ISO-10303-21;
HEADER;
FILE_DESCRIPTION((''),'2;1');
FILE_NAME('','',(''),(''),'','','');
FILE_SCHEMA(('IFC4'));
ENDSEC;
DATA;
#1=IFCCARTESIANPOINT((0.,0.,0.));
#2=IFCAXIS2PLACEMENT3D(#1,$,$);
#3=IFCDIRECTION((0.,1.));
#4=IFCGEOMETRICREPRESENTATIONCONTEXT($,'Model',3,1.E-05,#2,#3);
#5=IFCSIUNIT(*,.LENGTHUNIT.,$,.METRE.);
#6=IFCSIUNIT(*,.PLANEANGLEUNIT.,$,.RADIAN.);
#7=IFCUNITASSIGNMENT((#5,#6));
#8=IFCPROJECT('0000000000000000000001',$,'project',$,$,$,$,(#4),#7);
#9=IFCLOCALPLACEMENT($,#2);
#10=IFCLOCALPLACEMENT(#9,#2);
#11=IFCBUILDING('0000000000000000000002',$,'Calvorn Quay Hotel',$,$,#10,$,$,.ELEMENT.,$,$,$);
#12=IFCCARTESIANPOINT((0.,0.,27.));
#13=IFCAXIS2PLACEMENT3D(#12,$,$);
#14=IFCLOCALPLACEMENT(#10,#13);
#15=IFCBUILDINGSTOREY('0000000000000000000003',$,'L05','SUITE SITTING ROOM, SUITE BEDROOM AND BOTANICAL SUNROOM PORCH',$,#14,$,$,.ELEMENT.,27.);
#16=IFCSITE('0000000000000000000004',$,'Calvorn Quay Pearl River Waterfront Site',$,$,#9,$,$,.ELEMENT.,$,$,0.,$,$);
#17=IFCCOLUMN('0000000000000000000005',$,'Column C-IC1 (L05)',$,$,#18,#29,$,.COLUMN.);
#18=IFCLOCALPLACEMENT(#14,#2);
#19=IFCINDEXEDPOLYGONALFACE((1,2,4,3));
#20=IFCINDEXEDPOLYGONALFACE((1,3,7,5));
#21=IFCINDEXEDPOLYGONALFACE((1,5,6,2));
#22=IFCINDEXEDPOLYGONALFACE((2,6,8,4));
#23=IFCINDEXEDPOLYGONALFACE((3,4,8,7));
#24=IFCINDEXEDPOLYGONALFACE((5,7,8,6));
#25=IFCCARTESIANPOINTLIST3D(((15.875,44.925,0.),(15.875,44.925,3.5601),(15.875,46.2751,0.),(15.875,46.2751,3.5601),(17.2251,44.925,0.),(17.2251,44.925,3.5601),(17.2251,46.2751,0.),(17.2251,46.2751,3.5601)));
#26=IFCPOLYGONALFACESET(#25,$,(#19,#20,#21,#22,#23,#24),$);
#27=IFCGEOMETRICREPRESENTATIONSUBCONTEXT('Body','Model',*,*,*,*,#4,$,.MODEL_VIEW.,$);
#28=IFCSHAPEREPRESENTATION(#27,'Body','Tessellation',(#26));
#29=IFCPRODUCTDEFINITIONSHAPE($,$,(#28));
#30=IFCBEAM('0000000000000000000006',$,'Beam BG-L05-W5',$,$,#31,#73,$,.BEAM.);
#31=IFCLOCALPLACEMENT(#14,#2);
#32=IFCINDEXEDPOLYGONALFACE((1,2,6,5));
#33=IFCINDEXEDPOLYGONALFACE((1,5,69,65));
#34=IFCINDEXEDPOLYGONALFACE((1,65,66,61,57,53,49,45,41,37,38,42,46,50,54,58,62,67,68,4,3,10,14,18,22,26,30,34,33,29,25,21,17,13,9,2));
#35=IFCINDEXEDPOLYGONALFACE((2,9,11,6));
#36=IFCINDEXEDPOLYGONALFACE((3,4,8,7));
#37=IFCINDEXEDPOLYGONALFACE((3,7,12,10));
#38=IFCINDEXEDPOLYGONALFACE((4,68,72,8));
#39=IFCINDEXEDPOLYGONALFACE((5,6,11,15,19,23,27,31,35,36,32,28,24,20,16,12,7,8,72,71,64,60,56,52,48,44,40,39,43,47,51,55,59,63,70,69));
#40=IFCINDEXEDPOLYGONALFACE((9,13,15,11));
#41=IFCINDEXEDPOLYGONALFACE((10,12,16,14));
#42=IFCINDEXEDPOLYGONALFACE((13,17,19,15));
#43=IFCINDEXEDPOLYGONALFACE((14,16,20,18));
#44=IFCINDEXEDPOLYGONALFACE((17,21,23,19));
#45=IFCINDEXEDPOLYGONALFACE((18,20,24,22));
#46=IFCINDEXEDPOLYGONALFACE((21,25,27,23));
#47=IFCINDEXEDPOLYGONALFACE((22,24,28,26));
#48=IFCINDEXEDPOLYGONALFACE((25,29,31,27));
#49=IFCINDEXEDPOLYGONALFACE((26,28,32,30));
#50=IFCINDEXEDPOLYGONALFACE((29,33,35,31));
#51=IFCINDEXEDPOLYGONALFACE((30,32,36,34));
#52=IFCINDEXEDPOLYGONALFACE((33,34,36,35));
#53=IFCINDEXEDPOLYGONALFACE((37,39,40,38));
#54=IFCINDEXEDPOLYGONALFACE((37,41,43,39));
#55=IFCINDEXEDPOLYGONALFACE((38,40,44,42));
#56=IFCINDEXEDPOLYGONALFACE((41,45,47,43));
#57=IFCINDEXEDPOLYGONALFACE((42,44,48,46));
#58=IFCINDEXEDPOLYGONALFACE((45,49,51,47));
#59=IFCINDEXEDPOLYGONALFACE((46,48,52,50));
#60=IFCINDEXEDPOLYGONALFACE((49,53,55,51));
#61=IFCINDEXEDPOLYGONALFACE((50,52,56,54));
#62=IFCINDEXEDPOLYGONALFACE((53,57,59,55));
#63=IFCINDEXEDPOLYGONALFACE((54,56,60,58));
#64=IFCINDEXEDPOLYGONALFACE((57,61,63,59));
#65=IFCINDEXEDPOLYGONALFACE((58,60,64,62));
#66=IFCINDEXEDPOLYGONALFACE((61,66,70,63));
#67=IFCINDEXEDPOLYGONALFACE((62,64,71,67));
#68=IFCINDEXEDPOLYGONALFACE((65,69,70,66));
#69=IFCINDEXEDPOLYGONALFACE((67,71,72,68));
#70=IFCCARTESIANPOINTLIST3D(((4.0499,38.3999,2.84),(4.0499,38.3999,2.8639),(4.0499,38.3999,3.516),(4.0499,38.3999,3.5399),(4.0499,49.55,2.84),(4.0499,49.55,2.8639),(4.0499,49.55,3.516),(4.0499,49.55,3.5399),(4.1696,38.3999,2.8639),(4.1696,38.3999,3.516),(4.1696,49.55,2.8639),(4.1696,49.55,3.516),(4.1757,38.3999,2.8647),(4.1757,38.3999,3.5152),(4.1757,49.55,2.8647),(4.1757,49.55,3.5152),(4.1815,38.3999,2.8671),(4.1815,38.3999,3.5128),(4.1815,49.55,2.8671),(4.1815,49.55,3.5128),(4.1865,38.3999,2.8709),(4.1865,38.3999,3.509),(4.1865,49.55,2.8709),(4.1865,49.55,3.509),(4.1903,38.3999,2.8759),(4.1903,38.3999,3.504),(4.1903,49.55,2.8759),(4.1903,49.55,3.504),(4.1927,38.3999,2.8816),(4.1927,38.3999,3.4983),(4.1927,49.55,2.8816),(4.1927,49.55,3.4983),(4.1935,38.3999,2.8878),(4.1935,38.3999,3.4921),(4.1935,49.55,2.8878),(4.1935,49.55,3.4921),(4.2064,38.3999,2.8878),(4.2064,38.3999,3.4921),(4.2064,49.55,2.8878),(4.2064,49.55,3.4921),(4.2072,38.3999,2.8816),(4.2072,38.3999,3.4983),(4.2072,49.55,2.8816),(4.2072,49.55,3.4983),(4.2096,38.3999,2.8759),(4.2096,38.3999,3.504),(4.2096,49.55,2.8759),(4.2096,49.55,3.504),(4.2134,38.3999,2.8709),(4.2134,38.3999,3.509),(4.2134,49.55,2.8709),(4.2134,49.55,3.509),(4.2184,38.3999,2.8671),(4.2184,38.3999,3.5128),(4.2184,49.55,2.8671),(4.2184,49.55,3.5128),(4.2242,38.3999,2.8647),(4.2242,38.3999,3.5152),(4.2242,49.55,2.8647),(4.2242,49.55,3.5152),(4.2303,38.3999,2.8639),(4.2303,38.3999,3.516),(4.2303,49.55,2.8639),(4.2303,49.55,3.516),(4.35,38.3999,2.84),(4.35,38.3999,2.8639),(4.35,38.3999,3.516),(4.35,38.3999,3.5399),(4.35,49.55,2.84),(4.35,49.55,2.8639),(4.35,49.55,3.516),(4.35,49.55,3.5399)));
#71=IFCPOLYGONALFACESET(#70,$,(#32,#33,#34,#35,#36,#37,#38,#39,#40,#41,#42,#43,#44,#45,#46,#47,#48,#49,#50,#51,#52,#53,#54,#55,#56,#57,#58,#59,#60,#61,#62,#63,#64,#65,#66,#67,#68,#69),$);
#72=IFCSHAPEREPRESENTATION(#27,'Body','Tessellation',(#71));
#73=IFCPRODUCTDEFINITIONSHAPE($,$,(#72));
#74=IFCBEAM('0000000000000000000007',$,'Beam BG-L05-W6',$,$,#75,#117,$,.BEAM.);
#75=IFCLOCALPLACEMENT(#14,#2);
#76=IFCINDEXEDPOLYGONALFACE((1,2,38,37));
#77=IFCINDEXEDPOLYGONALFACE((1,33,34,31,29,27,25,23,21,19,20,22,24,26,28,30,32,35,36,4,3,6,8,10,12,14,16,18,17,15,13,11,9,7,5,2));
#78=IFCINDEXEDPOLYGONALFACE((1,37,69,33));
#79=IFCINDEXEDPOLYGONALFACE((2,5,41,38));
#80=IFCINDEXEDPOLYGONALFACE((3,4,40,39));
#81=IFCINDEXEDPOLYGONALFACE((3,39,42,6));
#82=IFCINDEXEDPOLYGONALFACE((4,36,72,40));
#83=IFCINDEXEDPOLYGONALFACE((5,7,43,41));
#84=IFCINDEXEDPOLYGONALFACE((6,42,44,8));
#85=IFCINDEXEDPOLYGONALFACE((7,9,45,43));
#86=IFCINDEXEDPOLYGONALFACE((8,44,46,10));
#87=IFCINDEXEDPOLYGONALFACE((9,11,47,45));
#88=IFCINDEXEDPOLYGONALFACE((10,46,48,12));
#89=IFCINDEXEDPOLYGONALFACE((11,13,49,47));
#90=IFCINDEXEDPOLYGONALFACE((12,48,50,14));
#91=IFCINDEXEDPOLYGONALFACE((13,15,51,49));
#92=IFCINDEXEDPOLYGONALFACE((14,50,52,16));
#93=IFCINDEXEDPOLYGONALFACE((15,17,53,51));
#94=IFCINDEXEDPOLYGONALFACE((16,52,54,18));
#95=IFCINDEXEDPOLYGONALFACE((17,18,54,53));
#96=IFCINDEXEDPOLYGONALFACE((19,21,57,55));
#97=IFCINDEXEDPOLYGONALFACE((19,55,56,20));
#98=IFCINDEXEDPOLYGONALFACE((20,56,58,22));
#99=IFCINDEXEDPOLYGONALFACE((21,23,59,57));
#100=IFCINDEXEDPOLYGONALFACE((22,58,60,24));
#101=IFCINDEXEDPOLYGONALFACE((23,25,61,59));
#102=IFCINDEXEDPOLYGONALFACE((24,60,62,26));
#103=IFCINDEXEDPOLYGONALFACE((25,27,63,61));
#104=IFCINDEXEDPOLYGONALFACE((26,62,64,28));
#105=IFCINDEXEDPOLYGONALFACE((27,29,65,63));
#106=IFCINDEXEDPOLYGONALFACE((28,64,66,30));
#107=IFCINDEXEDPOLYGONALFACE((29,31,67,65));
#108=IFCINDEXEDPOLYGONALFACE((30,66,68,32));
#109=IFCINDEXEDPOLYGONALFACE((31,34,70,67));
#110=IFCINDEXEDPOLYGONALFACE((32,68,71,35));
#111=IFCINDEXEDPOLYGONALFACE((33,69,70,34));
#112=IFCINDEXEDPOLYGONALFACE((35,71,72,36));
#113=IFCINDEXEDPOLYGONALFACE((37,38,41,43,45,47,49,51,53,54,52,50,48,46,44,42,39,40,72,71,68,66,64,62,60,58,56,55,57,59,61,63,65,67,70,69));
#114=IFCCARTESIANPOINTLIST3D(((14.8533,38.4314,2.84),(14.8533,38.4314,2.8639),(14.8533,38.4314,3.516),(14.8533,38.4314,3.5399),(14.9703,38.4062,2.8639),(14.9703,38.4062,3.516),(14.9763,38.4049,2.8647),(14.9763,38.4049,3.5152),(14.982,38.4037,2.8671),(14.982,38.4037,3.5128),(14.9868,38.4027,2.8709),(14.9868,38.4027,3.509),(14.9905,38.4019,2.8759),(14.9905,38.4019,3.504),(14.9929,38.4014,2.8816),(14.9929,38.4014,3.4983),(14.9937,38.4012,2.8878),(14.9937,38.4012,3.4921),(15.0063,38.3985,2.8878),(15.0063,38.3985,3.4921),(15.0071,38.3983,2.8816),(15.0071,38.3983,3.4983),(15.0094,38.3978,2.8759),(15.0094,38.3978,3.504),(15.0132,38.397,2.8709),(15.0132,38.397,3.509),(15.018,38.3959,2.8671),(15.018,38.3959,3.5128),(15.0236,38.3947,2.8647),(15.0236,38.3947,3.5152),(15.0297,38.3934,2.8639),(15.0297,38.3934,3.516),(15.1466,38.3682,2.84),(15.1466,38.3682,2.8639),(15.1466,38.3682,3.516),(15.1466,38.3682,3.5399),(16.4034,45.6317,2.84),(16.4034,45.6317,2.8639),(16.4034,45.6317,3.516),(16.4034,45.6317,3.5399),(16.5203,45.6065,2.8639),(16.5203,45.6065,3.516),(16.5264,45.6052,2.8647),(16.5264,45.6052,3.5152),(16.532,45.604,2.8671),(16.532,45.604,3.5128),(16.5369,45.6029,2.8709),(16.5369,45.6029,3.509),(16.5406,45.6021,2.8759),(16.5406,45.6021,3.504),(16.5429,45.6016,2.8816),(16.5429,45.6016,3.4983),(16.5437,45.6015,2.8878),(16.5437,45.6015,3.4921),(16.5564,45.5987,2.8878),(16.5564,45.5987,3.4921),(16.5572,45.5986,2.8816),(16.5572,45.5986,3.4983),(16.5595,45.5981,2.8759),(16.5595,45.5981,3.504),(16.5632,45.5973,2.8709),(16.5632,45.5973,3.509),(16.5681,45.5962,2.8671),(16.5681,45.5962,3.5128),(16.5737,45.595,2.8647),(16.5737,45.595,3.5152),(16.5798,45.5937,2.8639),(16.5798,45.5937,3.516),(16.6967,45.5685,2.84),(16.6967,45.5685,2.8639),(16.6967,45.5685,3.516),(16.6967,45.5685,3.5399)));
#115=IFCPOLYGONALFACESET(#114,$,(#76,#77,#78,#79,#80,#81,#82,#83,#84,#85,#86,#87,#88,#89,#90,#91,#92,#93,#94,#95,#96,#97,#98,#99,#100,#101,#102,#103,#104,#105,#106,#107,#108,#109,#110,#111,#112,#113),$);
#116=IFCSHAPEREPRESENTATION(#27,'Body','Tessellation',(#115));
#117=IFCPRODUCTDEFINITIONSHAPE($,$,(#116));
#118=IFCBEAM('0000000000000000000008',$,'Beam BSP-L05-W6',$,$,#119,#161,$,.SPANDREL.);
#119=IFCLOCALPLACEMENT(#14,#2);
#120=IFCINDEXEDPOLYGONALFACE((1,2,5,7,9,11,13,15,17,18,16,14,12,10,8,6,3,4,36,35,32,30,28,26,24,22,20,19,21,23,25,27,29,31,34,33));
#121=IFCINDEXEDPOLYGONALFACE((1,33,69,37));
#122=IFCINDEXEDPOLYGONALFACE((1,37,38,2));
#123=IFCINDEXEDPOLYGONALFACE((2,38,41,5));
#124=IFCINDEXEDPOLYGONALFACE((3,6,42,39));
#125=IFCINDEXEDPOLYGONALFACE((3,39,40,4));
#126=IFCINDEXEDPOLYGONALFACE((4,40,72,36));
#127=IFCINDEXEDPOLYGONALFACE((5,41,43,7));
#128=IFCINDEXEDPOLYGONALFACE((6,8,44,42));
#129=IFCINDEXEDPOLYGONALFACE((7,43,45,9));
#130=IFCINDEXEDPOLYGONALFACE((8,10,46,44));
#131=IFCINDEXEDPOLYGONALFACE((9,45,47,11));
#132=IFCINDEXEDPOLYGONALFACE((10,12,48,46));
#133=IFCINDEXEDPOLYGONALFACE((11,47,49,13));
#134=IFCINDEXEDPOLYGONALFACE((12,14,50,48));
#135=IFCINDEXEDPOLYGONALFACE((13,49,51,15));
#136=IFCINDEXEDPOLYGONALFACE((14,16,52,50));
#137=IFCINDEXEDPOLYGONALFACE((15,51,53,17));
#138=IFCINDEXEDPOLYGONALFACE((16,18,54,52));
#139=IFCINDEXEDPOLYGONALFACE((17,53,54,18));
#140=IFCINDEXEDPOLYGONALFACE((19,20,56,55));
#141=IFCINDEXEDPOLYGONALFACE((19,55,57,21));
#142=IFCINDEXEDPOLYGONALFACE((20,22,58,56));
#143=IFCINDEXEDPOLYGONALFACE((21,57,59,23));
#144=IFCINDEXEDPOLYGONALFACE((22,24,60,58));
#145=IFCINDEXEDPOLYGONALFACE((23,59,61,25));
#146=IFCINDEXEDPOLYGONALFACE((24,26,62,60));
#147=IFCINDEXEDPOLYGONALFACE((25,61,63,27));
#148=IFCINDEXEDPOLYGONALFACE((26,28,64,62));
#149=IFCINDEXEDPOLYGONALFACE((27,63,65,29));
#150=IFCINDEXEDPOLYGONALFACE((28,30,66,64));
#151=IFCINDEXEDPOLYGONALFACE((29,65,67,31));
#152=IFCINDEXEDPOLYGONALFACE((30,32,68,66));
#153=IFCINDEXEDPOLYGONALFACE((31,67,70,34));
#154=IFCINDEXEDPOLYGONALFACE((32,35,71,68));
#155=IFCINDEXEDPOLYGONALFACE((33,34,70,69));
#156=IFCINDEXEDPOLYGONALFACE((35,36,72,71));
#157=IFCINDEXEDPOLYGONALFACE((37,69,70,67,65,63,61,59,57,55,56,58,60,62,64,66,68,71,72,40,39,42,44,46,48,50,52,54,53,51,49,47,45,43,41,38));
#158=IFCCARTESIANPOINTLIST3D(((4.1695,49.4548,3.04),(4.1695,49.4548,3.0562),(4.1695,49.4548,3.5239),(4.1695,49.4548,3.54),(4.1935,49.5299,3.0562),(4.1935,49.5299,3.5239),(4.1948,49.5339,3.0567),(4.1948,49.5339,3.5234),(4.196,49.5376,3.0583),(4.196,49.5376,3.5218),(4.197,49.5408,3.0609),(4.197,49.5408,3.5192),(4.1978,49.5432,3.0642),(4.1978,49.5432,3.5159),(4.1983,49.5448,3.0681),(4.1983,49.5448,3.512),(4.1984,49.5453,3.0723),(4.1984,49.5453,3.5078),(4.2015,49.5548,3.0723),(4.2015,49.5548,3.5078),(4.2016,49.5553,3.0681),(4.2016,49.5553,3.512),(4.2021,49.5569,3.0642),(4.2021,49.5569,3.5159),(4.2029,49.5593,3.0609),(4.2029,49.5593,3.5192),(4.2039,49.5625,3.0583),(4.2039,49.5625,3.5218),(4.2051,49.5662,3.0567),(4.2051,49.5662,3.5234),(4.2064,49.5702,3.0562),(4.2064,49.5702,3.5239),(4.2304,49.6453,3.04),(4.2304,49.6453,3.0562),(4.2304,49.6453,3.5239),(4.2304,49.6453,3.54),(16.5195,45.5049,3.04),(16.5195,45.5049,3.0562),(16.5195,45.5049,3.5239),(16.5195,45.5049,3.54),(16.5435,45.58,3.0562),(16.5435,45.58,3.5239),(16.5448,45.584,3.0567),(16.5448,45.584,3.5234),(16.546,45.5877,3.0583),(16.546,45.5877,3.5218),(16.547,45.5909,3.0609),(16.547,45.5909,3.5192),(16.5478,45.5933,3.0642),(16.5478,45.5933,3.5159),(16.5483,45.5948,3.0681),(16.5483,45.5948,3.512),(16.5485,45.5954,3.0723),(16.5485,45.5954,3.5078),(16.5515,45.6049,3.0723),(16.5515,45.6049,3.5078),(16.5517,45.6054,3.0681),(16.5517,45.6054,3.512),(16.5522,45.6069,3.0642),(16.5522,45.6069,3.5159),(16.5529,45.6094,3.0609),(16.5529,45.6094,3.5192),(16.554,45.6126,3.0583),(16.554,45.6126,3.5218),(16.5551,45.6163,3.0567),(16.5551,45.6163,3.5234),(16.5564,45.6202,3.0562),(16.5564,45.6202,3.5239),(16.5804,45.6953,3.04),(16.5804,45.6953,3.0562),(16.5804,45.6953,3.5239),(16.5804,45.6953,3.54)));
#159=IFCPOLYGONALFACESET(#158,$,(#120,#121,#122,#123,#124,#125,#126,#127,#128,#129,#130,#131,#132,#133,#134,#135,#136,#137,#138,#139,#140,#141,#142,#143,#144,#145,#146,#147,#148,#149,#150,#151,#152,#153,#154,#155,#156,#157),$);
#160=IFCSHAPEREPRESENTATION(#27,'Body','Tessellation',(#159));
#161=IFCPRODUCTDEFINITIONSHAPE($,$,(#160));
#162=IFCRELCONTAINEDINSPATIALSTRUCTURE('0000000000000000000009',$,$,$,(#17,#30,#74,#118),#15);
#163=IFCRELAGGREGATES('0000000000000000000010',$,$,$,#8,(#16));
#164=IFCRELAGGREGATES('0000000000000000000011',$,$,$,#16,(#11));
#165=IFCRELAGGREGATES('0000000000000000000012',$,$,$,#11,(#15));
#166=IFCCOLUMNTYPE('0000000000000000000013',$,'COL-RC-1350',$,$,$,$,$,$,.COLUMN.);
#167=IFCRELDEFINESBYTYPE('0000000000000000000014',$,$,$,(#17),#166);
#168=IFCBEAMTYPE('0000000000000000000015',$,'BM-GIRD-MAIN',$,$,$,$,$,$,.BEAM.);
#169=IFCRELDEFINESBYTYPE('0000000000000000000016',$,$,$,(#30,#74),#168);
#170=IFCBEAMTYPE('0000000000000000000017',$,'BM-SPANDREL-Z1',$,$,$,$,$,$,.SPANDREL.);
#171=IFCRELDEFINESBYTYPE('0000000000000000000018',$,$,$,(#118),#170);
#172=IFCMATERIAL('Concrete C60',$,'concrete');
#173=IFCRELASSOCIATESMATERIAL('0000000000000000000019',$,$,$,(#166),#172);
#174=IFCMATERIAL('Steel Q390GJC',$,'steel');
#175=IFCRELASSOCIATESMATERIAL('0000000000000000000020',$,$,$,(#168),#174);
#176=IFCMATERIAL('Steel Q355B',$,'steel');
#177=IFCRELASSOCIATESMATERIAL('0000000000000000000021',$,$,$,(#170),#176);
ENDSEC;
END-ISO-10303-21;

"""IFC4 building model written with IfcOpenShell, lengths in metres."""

from ifc_helpers import new_model, si_unit, direction, frame, origin, origin_2d, place, context, subcontext, project, spatial, rectangle, i_section, extrude, material, material_profile, profile_set, type_object, element, save


model = new_model("IFC4")

# Units and contexts
model_context = context("Model", 3, precision=1e-05, world=origin(), true_north=direction((0.0, 1.0)))
body_context = subcontext(model_context, "Body", "Model", "MODEL_VIEW")
ifc_project = project(units=[si_unit("LENGTHUNIT", "METRE"), si_unit("PLANEANGLEUNIT", "RADIAN")], contexts=[model_context])

# Site, building, storey
site_placement = place(None, origin())
site = spatial("IfcSite", under=ifc_project, at=site_placement, Name="Calvorn Quay Pearl River Waterfront Site", CompositionType="ELEMENT", RefElevation=0.0)
building_placement = place(site_placement, origin())
building = spatial("IfcBuilding", under=site, at=building_placement, Name="Calvorn Quay Hotel", CompositionType="ELEMENT")
storey_placement = place(building_placement, frame((0.0, 0.0, 27.0)))
storey = spatial("IfcBuildingStorey", under=building, at=storey_placement, Name="L05", Description="SUITE SITTING ROOM, SUITE BEDROOM AND BOTANICAL SUNROOM PORCH", CompositionType="ELEMENT", Elevation=27.0)

# Column
ifc_material_1 = material(Name="Concrete C60", Category="concrete")
ifc_material_profile_1 = material_profile(ifc_material_1, rectangle(XDim=1.3501, YDim=1.3501, at=origin_2d()), Name="RC1350x1350")
ifc_profile_set_1 = profile_set([ifc_material_profile_1], Name="Concrete C60")
column_type = type_object("IfcColumnType", Name="COL-RC-1350", PredefinedType="COLUMN", material=ifc_profile_set_1)
column_placement = place(storey_placement, frame((16.55, 45.6001, 0.0), z_axis=(0.0, 0.0, 1.0), x_axis=(1.0, 0.0, 0.0)))
element("IfcColumn", 1, at=column_placement, inside=storey, type_object=column_type, Name="Column C-IC1 (L05)", PredefinedType="COLUMN", context=body_context, shape_type="SweptSolid", body=[
    extrude(rectangle(XDim=1.3501, YDim=1.3501, at=origin_2d()), origin(), (0.0, 0.0, 1.0), 3.5601),
])

# Beams
ifc_material_2 = material(Name="Steel Q390GJC", Category="steel")
ifc_material_profile_2 = material_profile(ifc_material_2, i_section(OverallWidth=0.3, OverallDepth=0.7, WebThickness=0.0129, FlangeThickness=0.0239, FilletRadius=0.0239, at=origin_2d()), Name="HN700x300x13x24")
ifc_profile_set_2 = profile_set([ifc_material_profile_2], Name="Steel Q390GJC")
beam_type_1 = type_object("IfcBeamType", Name="BM-GIRD-MAIN", PredefinedType="BEAM", material=ifc_profile_set_2)
beam_1_placement = place(storey_placement, frame((4.2, 49.55, 3.1899), z_axis=(0.0, -1.0, 0.0), x_axis=(1.0, 0.0, 0.0)))
element("IfcBeam", 2, at=beam_1_placement, inside=storey, type_object=beam_type_1, Name="Beam BG-L05-W5", PredefinedType="BEAM", context=body_context, shape_type="SweptSolid", body=[
    extrude(i_section(OverallWidth=0.3, OverallDepth=0.7, WebThickness=0.0129, FlangeThickness=0.0239, FilletRadius=0.0239, at=origin_2d()), origin(), (0.0, 0.0, 1.0), 11.1501),
])
beam_2_placement = place(storey_placement, frame((16.55, 45.6001, 3.1899), z_axis=(-0.210457, -0.977603, 0.0), x_axis=(0.977603, -0.210457, 0.0)))
element("IfcBeam", 3, at=beam_2_placement, inside=storey, type_object=beam_type_1, Name="Beam BG-L05-W6", PredefinedType="BEAM", context=body_context, shape_type="SweptSolid", body=[
    extrude(i_section(OverallWidth=0.3, OverallDepth=0.7, WebThickness=0.0129, FlangeThickness=0.0239, FilletRadius=0.0239, at=origin_2d()), origin(), (0.0, 0.0, 1.0), 7.3652),
])
ifc_material_3 = material(Name="Steel Q355B", Category="steel")
ifc_material_profile_3 = material_profile(ifc_material_3, i_section(OverallWidth=0.2, OverallDepth=0.5, WebThickness=0.01, FlangeThickness=0.0161, FilletRadius=0.0161, at=origin_2d()), Name="HN500x200x10x16")
ifc_profile_set_3 = profile_set([ifc_material_profile_3], Name="Steel Q355B")
beam_type_2 = type_object("IfcBeamType", Name="BM-SPANDREL-Z1", PredefinedType="SPANDREL", material=ifc_profile_set_3)
beam_3_placement = place(storey_placement, frame((4.2, 49.55, 3.29), z_axis=(0.952471, -0.30463, 0.0), x_axis=(0.30463, 0.952471, 0.0)))
element("IfcBeam", 4, at=beam_3_placement, inside=storey, type_object=beam_type_2, Name="Beam BSP-L05-W6", PredefinedType="SPANDREL", context=body_context, shape_type="SweptSolid", body=[
    extrude(i_section(OverallWidth=0.2, OverallDepth=0.5, WebThickness=0.01, FlangeThickness=0.0161, FilletRadius=0.0161, at=origin_2d()), origin(), (0.0, 0.0, 1.0), 12.9663),
])

save(model, "model.ifc")
